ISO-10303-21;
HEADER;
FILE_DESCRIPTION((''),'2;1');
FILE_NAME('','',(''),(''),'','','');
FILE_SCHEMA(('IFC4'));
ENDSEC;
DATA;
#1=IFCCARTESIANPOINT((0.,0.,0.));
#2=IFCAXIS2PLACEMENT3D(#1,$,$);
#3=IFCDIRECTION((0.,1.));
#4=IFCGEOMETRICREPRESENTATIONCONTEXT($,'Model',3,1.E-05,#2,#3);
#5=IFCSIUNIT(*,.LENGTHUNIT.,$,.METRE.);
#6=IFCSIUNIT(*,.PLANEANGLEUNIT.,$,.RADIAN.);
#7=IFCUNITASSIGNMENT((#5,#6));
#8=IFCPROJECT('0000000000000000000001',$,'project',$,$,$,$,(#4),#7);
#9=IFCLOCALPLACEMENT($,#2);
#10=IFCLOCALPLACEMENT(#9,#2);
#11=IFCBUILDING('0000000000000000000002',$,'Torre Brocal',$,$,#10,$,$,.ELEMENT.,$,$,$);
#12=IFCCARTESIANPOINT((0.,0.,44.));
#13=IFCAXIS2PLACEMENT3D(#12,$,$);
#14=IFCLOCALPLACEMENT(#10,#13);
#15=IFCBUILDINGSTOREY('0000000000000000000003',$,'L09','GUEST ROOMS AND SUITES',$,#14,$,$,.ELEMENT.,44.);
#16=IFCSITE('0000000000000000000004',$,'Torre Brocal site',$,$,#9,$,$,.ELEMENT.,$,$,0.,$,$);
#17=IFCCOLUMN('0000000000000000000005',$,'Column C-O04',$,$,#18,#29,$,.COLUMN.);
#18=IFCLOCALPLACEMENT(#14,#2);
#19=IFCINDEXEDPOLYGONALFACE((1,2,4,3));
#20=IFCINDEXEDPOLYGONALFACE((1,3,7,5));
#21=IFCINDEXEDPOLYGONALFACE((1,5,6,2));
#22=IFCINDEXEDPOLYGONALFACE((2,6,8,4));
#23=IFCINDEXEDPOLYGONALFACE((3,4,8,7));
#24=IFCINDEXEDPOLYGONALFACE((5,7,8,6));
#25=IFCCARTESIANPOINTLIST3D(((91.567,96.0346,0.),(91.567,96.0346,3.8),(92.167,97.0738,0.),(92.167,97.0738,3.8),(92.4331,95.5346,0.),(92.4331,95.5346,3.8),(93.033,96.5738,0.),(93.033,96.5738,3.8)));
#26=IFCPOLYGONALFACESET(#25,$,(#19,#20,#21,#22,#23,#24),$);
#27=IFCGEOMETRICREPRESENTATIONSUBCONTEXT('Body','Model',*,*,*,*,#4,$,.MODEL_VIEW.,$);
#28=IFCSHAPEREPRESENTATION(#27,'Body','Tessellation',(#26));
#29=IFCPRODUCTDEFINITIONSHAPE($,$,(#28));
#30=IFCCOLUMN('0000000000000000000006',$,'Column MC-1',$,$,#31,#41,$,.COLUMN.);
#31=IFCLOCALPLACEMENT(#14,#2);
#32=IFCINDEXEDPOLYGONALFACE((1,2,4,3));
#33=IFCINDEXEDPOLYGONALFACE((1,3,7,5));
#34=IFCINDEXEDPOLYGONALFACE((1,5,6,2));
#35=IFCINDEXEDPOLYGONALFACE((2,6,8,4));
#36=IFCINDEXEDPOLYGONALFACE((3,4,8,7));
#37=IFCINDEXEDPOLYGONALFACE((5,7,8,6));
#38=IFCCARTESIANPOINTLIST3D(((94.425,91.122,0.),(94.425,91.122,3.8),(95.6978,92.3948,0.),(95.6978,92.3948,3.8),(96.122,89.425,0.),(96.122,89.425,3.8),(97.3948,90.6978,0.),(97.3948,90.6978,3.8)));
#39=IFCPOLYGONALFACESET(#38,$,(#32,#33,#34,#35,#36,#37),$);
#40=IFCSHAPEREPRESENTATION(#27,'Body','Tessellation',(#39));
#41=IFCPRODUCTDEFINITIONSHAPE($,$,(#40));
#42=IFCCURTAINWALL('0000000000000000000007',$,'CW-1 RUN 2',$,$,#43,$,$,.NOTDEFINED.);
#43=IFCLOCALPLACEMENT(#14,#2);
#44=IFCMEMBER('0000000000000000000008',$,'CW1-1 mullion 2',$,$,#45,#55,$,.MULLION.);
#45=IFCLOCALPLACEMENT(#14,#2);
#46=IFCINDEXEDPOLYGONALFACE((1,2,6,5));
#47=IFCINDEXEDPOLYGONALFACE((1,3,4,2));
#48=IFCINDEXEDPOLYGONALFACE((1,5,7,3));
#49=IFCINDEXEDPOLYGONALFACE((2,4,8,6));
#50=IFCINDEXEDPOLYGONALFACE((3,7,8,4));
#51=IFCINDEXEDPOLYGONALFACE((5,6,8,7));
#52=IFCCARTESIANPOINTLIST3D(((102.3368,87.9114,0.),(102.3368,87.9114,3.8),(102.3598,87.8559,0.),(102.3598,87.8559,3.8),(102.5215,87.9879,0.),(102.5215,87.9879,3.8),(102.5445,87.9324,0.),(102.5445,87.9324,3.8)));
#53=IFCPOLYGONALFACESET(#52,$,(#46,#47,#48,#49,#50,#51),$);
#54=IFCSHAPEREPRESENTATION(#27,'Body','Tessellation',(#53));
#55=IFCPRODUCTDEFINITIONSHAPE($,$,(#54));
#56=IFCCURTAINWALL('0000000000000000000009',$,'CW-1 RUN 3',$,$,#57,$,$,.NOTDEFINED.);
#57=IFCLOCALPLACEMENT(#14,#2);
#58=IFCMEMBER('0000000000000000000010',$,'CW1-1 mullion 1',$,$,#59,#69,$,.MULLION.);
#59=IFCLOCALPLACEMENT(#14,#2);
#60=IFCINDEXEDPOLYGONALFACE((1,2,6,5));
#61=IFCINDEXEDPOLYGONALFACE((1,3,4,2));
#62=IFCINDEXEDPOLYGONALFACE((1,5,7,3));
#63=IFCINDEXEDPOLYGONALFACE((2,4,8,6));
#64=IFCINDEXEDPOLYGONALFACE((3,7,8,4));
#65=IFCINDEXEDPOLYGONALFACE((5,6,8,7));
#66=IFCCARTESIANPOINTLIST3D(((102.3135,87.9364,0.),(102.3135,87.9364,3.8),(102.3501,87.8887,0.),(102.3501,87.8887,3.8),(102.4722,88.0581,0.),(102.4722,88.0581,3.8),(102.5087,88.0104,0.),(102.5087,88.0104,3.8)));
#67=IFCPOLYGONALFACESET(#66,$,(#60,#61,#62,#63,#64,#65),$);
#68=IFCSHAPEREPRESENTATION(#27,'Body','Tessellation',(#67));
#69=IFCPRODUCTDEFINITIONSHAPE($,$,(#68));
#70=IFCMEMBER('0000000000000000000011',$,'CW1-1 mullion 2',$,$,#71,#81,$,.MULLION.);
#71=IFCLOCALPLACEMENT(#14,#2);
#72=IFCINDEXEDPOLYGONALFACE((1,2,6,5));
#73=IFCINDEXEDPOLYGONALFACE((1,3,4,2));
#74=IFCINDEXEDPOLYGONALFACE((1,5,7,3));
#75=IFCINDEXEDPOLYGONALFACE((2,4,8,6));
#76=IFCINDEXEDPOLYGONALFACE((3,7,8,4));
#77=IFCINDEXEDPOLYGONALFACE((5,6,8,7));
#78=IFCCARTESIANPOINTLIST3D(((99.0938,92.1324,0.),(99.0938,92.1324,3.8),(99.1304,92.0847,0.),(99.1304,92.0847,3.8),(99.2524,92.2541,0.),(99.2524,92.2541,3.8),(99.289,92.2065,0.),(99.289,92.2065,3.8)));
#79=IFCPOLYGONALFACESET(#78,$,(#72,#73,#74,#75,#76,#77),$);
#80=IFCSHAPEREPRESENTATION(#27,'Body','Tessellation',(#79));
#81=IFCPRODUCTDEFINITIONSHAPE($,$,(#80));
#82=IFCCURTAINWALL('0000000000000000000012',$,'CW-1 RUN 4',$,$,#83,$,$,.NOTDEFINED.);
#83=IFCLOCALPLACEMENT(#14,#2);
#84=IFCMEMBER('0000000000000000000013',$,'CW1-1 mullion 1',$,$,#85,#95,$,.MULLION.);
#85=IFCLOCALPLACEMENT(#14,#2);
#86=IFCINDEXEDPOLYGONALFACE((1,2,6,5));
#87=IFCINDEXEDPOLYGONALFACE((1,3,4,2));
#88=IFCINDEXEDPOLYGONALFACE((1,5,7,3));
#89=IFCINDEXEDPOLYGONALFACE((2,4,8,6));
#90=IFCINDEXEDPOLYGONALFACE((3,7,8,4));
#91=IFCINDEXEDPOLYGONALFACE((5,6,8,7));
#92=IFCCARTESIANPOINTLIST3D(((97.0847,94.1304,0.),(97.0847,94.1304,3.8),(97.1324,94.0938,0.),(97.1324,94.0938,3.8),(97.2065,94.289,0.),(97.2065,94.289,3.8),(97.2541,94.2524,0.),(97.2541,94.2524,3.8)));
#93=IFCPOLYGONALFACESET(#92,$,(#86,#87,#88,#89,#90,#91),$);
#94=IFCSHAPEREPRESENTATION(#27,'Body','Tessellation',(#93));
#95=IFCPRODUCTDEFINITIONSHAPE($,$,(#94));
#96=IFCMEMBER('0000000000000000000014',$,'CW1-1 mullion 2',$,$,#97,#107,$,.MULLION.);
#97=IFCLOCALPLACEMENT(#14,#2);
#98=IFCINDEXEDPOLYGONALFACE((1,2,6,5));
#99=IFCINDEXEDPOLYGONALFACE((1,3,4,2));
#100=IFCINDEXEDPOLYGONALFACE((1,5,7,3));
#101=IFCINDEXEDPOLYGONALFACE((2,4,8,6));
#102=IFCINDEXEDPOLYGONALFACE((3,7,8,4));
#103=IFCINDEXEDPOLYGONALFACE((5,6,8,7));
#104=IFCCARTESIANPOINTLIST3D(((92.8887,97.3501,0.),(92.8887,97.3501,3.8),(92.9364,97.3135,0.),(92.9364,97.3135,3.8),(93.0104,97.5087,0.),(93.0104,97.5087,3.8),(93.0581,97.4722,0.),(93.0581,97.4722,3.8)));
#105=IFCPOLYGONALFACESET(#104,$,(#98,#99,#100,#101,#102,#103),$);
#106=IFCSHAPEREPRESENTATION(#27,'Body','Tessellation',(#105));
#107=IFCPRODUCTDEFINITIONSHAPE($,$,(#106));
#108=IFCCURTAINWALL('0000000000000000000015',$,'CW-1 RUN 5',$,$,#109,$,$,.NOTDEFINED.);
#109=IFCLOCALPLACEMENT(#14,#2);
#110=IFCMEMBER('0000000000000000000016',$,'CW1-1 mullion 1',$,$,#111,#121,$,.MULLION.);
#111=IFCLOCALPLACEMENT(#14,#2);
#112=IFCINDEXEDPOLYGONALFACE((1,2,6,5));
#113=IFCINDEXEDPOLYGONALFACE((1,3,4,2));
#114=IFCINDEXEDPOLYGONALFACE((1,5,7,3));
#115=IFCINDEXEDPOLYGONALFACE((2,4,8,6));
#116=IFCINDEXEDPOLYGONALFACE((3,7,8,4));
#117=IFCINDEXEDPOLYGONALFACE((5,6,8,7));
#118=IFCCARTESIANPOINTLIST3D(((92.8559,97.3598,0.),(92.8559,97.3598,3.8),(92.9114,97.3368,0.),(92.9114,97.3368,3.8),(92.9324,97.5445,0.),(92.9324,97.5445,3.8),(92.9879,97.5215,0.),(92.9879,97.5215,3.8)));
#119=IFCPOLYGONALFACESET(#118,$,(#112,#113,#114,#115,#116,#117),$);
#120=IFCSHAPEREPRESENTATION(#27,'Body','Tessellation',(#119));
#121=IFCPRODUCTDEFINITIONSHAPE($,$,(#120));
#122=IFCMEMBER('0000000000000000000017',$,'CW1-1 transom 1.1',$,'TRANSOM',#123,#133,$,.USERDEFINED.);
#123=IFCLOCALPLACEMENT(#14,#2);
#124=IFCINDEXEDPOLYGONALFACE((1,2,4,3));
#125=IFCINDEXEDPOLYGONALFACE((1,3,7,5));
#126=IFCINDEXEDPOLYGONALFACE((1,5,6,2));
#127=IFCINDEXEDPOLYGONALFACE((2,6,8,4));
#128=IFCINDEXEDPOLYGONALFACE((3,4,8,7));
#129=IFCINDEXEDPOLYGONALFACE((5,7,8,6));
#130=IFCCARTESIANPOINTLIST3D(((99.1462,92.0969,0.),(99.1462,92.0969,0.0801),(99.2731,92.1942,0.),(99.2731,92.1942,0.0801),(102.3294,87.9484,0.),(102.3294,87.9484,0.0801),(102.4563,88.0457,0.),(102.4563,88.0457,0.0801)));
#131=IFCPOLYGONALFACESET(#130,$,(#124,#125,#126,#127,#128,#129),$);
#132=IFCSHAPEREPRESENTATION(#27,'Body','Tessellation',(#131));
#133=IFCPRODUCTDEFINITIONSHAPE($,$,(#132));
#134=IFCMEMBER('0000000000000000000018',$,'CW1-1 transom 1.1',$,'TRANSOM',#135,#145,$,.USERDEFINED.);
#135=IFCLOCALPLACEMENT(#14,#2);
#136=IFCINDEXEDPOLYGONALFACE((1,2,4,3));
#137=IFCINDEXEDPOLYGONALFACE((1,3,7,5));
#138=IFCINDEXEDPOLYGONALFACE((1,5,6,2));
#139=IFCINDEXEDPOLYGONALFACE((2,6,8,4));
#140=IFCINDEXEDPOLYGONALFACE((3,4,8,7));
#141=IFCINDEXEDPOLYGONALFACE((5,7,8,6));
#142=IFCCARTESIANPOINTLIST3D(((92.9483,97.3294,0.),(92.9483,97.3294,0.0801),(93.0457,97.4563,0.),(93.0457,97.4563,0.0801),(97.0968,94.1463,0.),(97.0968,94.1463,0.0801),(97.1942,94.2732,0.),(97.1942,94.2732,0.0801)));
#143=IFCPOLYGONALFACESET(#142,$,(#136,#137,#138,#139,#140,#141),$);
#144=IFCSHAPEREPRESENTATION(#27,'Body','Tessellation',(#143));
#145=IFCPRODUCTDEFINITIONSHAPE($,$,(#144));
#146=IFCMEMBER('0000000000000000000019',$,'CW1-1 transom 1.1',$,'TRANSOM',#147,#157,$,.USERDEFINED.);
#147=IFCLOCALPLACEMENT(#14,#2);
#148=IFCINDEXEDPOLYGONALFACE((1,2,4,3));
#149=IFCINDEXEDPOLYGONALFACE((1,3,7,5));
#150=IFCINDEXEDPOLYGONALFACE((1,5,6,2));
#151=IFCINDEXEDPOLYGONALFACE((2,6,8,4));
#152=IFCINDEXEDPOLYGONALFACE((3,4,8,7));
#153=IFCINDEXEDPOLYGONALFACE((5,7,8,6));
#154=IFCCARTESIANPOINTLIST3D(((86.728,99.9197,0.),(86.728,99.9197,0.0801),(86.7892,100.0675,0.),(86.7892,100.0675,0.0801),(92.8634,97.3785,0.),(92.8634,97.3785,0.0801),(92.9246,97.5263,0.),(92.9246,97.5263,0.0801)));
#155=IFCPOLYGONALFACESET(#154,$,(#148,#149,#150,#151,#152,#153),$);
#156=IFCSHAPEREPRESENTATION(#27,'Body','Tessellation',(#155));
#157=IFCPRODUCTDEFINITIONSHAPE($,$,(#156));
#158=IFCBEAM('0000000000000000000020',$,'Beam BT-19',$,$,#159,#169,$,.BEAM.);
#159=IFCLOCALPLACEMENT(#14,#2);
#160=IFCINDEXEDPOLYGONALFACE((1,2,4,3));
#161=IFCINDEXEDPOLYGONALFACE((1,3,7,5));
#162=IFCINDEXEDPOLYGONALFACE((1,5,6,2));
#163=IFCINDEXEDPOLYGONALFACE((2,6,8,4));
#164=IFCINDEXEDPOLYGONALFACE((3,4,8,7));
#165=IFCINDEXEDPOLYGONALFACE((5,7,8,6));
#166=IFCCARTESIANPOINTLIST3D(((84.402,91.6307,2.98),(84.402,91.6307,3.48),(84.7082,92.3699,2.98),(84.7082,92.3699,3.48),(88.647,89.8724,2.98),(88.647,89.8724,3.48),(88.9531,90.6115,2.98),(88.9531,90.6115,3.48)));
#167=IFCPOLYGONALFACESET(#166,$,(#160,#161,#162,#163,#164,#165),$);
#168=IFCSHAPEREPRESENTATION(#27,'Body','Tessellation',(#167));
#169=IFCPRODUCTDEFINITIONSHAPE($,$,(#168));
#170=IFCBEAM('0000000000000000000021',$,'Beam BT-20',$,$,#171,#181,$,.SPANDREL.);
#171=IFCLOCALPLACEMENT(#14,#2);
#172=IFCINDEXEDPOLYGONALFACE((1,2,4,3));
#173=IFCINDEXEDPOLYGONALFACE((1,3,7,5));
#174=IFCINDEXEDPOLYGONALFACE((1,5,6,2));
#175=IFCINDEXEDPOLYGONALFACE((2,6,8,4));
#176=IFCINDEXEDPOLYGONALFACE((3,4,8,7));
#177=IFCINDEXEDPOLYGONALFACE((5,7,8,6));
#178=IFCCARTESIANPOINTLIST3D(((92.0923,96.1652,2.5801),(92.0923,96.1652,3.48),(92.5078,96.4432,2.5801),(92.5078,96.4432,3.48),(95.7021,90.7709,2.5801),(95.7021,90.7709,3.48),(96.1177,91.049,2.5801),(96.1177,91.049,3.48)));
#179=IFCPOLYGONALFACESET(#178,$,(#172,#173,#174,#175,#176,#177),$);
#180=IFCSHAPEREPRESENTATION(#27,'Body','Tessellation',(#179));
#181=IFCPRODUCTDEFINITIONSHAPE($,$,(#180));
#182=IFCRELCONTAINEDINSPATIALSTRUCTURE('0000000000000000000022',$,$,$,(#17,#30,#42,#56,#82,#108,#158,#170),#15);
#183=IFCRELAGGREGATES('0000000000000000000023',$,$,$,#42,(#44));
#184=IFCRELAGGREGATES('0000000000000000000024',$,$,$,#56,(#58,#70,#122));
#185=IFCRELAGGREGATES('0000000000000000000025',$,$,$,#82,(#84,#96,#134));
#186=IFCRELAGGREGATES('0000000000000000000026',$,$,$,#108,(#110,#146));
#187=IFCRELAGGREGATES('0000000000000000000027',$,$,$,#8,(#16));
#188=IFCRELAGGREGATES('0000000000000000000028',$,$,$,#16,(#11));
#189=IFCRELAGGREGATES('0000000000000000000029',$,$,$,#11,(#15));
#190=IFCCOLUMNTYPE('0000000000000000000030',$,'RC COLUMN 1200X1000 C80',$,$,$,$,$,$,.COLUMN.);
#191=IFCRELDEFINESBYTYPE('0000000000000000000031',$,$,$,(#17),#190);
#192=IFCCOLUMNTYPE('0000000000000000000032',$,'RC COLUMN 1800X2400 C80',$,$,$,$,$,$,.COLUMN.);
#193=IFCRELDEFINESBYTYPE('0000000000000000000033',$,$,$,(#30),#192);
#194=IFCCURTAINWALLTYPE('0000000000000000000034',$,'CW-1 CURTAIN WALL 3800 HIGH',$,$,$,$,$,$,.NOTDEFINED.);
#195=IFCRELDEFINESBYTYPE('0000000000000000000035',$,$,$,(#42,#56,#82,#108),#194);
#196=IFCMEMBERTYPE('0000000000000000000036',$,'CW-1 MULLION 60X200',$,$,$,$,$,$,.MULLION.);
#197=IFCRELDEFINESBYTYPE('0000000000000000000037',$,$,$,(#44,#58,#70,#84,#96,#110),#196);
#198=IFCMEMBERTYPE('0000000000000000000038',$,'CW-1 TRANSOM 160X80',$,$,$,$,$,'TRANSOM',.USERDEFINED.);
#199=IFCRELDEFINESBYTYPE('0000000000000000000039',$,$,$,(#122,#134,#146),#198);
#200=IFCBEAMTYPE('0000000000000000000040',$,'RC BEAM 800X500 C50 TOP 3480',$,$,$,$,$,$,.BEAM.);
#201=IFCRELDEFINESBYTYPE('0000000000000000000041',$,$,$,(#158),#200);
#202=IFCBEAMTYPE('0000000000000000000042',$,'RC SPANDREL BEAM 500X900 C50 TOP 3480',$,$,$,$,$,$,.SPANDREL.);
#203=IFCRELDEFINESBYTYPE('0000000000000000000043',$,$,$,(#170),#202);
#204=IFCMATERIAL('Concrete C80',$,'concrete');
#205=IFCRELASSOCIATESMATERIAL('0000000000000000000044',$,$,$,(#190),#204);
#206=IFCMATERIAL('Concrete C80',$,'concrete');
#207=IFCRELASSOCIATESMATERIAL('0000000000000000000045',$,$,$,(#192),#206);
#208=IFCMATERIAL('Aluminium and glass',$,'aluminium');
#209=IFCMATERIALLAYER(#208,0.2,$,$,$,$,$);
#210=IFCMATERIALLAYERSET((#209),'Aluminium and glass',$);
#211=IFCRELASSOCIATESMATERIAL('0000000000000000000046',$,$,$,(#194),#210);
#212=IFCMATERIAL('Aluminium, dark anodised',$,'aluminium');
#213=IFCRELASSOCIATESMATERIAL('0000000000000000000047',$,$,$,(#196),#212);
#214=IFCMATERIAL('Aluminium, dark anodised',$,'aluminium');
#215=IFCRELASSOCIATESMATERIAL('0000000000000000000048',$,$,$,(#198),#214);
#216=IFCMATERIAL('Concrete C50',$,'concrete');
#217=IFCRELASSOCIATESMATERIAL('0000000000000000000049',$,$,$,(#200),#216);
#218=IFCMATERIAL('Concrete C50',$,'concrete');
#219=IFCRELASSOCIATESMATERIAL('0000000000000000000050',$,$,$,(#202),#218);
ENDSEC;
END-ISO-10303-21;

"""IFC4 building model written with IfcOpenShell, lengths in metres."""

from ifc_helpers import new_model, si_unit, direction, frame, origin, origin_2d, place, context, subcontext, project, spatial, rectangle, extrude, material, layer, layer_set, material_profile, profile_set, type_object, element, aggregate, save


model = new_model("IFC4")

# Units and contexts
model_context = context("Model", 3, precision=1e-05, world=origin(), true_north=direction((0.0, 1.0)))
body_context = subcontext(model_context, "Body", "Model", "MODEL_VIEW")
ifc_project = project(units=[si_unit("LENGTHUNIT", "METRE"), si_unit("PLANEANGLEUNIT", "RADIAN")], contexts=[model_context])

# Site, building, storey
site_placement = place(None, origin())
site = spatial("IfcSite", under=ifc_project, at=site_placement, Name="Torre Brocal site", CompositionType="ELEMENT", RefElevation=0.0)
building_placement = place(site_placement, origin())
building = spatial("IfcBuilding", under=site, at=building_placement, Name="Torre Brocal", CompositionType="ELEMENT")
storey_placement = place(building_placement, frame((0.0, 0.0, 44.0)))
storey = spatial("IfcBuildingStorey", under=building, at=storey_placement, Name="L09", Description="GUEST ROOMS AND SUITES", CompositionType="ELEMENT", Elevation=44.0)

# Columns
ifc_material_1 = material(Name="Concrete C80", Category="concrete")
ifc_material_profile_1 = material_profile(ifc_material_1, rectangle(XDim=1.2, YDim=1.0, at=origin_2d()), Name="RC 1200X1000")
ifc_profile_set_1 = profile_set([ifc_material_profile_1], Name="Concrete C80")
column_type_1 = type_object("IfcColumnType", Name="RC COLUMN 1200X1000 C80", PredefinedType="COLUMN", material=ifc_profile_set_1)
column_1_placement = place(storey_placement, frame((92.3, 96.3042, 0.0), z_axis=(0.0, 0.0, 1.0), x_axis=(0.5, 0.866025, 0.0)))
element("IfcColumn", 1, at=column_1_placement, inside=storey, type_object=column_type_1, Name="Column C-O04", PredefinedType="COLUMN", context=body_context, shape_type="SweptSolid", body=[
    extrude(rectangle(XDim=1.2, YDim=1.0, at=origin_2d()), origin(), (0.0, 0.0, 1.0), 3.8),
])
ifc_material_2 = material(Name="Concrete C80", Category="concrete")
ifc_material_profile_2 = material_profile(ifc_material_2, rectangle(XDim=1.8, YDim=2.3999, at=origin_2d()), Name="RC 1800X2400")
ifc_profile_set_2 = profile_set([ifc_material_profile_2], Name="Concrete C80")
column_type_2 = type_object("IfcColumnType", Name="RC COLUMN 1800X2400 C80", PredefinedType="COLUMN", material=ifc_profile_set_2)
column_2_placement = place(storey_placement, frame((95.9099, 90.9099, 0.0), z_axis=(0.0, 0.0, 1.0), x_axis=(0.707107, 0.707107, 0.0)))
element("IfcColumn", 2, at=column_2_placement, inside=storey, type_object=column_type_2, Name="Column MC-1", PredefinedType="COLUMN", context=body_context, shape_type="SweptSolid", body=[
    extrude(rectangle(XDim=1.8, YDim=2.3999, at=origin_2d()), origin(), (0.0, 0.0, 1.0), 3.8),
])

# Curtain wall, member
ifc_material_3 = material(Name="Aluminium and glass", Category="aluminium")
ifc_layer_1 = layer(ifc_material_3, 0.2)
ifc_layer_set_1 = layer_set([ifc_layer_1], Name="Aluminium and glass")
curtain_wall_type = type_object("IfcCurtainWallType", Name="CW-1 CURTAIN WALL 3800 HIGH", PredefinedType="NOTDEFINED", material=ifc_layer_set_1)
curtain_wall_1_placement = place(storey_placement, origin())
curtain_wall_1 = element("IfcCurtainWall", 3, at=curtain_wall_1_placement, inside=storey, type_object=curtain_wall_type, Name="CW-1 RUN 2", PredefinedType="NOTDEFINED")
ifc_material_4 = material(Name="Aluminium, dark anodised", Category="aluminium")
ifc_material_profile_3 = material_profile(ifc_material_4, rectangle(XDim=0.2, YDim=0.0601, at=origin_2d()), Name="CW-1 MULLION 60X200")
ifc_profile_set_3 = profile_set([ifc_material_profile_3], Name="Aluminium, dark anodised")
member_type_1 = type_object("IfcMemberType", Name="CW-1 MULLION 60X200", PredefinedType="MULLION", material=ifc_profile_set_3)
member_1_placement = place(storey_placement, frame((102.4407, 87.9219, 0.0), z_axis=(0.0, 0.0, 1.0), x_axis=(-0.92388, -0.382683, 0.0)))
member_1 = element("IfcMember", 4, at=member_1_placement, type_object=member_type_1, Name="CW1-1 mullion 2", PredefinedType="MULLION", context=body_context, shape_type="SweptSolid", body=[
    extrude(rectangle(XDim=0.2, YDim=0.0601, at=origin_2d()), origin(), (0.0, 0.0, 1.0), 3.8),
])
aggregate(curtain_wall_1, [member_1])

# Curtain walls, members
curtain_wall_2_placement = place(storey_placement, origin())
curtain_wall_2 = element("IfcCurtainWall", 5, at=curtain_wall_2_placement, inside=storey, type_object=curtain_wall_type, Name="CW-1 RUN 3", PredefinedType="NOTDEFINED")
member_2_placement = place(storey_placement, frame((102.4111, 87.9734, 0.0), z_axis=(0.0, 0.0, 1.0), x_axis=(-0.793353, -0.608761, 0.0)))
member_2 = element("IfcMember", 6, at=member_2_placement, type_object=member_type_1, Name="CW1-1 mullion 1", PredefinedType="MULLION", context=body_context, shape_type="SweptSolid", body=[
    extrude(rectangle(XDim=0.2, YDim=0.0601, at=origin_2d()), origin(), (0.0, 0.0, 1.0), 3.8),
])
member_3_placement = place(storey_placement, frame((99.1914, 92.1694, 0.0), z_axis=(0.0, 0.0, 1.0), x_axis=(-0.793353, -0.608761, 0.0)))
member_3 = element("IfcMember", 7, at=member_3_placement, type_object=member_type_1, Name="CW1-1 mullion 2", PredefinedType="MULLION", context=body_context, shape_type="SweptSolid", body=[
    extrude(rectangle(XDim=0.2, YDim=0.0601, at=origin_2d()), origin(), (0.0, 0.0, 1.0), 3.8),
])
curtain_wall_3_placement = place(storey_placement, origin())
curtain_wall_3 = element("IfcCurtainWall", 8, at=curtain_wall_3_placement, inside=storey, type_object=curtain_wall_type, Name="CW-1 RUN 4", PredefinedType="NOTDEFINED")
member_4_placement = place(storey_placement, frame((97.1694, 94.1914, 0.0), z_axis=(0.0, 0.0, 1.0), x_axis=(-0.608761, -0.793353, 0.0)))
member_4 = element("IfcMember", 9, at=member_4_placement, type_object=member_type_1, Name="CW1-1 mullion 1", PredefinedType="MULLION", context=body_context, shape_type="SweptSolid", body=[
    extrude(rectangle(XDim=0.2, YDim=0.0601, at=origin_2d()), origin(), (0.0, 0.0, 1.0), 3.8),
])
member_5_placement = place(storey_placement, frame((92.9734, 97.4111, 0.0), z_axis=(0.0, 0.0, 1.0), x_axis=(-0.608761, -0.793353, 0.0)))
member_5 = element("IfcMember", 10, at=member_5_placement, type_object=member_type_1, Name="CW1-1 mullion 2", PredefinedType="MULLION", context=body_context, shape_type="SweptSolid", body=[
    extrude(rectangle(XDim=0.2, YDim=0.0601, at=origin_2d()), origin(), (0.0, 0.0, 1.0), 3.8),
])

# Curtain wall, member
curtain_wall_4_placement = place(storey_placement, origin())
curtain_wall_4 = element("IfcCurtainWall", 11, at=curtain_wall_4_placement, inside=storey, type_object=curtain_wall_type, Name="CW-1 RUN 5", PredefinedType="NOTDEFINED")
member_6_placement = place(storey_placement, frame((92.9219, 97.4407, 0.0), z_axis=(0.0, 0.0, 1.0), x_axis=(-0.382683, -0.92388, 0.0)))
member_6 = element("IfcMember", 12, at=member_6_placement, type_object=member_type_1, Name="CW1-1 mullion 1", PredefinedType="MULLION", context=body_context, shape_type="SweptSolid", body=[
    extrude(rectangle(XDim=0.2, YDim=0.0601, at=origin_2d()), origin(), (0.0, 0.0, 1.0), 3.8),
])

# Members
ifc_material_5 = material(Name="Aluminium, dark anodised", Category="aluminium")
ifc_material_profile_4 = material_profile(ifc_material_5, rectangle(XDim=0.1599, YDim=0.0801, at=origin_2d()), Name="CW-1 TRANSOM 160X80")
ifc_profile_set_4 = profile_set([ifc_material_profile_4], Name="Aluminium, dark anodised")
member_type_2 = type_object("IfcMemberType", Name="CW-1 TRANSOM 160X80", ElementType="TRANSOM", PredefinedType="USERDEFINED", material=ifc_profile_set_4)
member_7_placement = place(storey_placement, frame((102.3928, 87.9971, 0.04), z_axis=(-0.608749, 0.793363, 0.0), x_axis=(-0.793363, -0.608749, 0.0)))
member_7 = element("IfcMember", 13, at=member_7_placement, type_object=member_type_2, Name="CW1-1 transom 1.1", ObjectType="TRANSOM", PredefinedType="USERDEFINED", context=body_context, shape_type="SweptSolid", body=[
    extrude(rectangle(XDim=0.1599, YDim=0.0801, at=origin_2d()), origin(), (0.0, 0.0, 1.0), 5.229),
])
member_8_placement = place(storey_placement, frame((97.1455, 94.2097, 0.04), z_axis=(-0.793363, 0.608749, 0.0), x_axis=(-0.608749, -0.793363, 0.0)))
member_8 = element("IfcMember", 14, at=member_8_placement, type_object=member_type_2, Name="CW1-1 transom 1.1", ObjectType="TRANSOM", PredefinedType="USERDEFINED", context=body_context, shape_type="SweptSolid", body=[
    extrude(rectangle(XDim=0.1599, YDim=0.0801, at=origin_2d()), origin(), (0.0, 0.0, 1.0), 5.229),
])
member_9_placement = place(storey_placement, frame((92.894, 97.4524, 0.04), z_axis=(-0.923887, 0.382665, 0.0), x_axis=(-0.382665, -0.923887, 0.0)))
member_9 = element("IfcMember", 15, at=member_9_placement, type_object=member_type_2, Name="CW1-1 transom 1.1", ObjectType="TRANSOM", PredefinedType="USERDEFINED", context=body_context, shape_type="SweptSolid", body=[
    extrude(rectangle(XDim=0.1599, YDim=0.0801, at=origin_2d()), origin(), (0.0, 0.0, 1.0), 6.6409),
])

# Beams
ifc_material_6 = material(Name="Concrete C50", Category="concrete")
ifc_material_profile_5 = material_profile(ifc_material_6, rectangle(XDim=0.8, YDim=0.5, at=origin_2d()), Name="RC 800X500")
ifc_profile_set_5 = profile_set([ifc_material_profile_5], Name="Concrete C50")
beam_type_1 = type_object("IfcBeamType", Name="RC BEAM 800X500 C50 TOP 3480", PredefinedType="BEAM", material=ifc_profile_set_5)
beam_1_placement = place(storey_placement, frame((88.8, 90.2419, 3.23), z_axis=(-0.923878, 0.382687, 0.0), x_axis=(-0.382687, -0.923878, 0.0)))
element("IfcBeam", 16, at=beam_1_placement, inside=storey, type_object=beam_type_1, Name="Beam BT-19", PredefinedType="BEAM", context=body_context, shape_type="SweptSolid", body=[
    extrude(rectangle(XDim=0.8, YDim=0.5, at=origin_2d()), origin(), (0.0, 0.0, 1.0), 4.5947),
])
ifc_material_7 = material(Name="Concrete C50", Category="concrete")
ifc_material_profile_6 = material_profile(ifc_material_7, rectangle(XDim=0.5, YDim=0.8999, at=origin_2d()), Name="RC 500X900")
ifc_profile_set_6 = profile_set([ifc_material_profile_6], Name="Concrete C50")
beam_type_2 = type_object("IfcBeamType", Name="RC SPANDREL BEAM 500X900 C50 TOP 3480", PredefinedType="SPANDREL", material=ifc_profile_set_6)
beam_2_placement = place(storey_placement, frame((95.9099, 90.9099, 3.03), z_axis=(-0.556158, 0.831077, 0.0), x_axis=(-0.831077, -0.556158, 0.0)))
element("IfcBeam", 17, at=beam_2_placement, inside=storey, type_object=beam_type_2, Name="Beam BT-20", PredefinedType="SPANDREL", context=body_context, shape_type="SweptSolid", body=[
    extrude(rectangle(XDim=0.5, YDim=0.8999, at=origin_2d()), origin(), (0.0, 0.0, 1.0), 6.4907),
])

aggregate(curtain_wall_2, [member_2, member_3, member_7])
aggregate(curtain_wall_3, [member_4, member_5, member_8])
aggregate(curtain_wall_4, [member_6, member_9])

save(model, "model.ifc")
